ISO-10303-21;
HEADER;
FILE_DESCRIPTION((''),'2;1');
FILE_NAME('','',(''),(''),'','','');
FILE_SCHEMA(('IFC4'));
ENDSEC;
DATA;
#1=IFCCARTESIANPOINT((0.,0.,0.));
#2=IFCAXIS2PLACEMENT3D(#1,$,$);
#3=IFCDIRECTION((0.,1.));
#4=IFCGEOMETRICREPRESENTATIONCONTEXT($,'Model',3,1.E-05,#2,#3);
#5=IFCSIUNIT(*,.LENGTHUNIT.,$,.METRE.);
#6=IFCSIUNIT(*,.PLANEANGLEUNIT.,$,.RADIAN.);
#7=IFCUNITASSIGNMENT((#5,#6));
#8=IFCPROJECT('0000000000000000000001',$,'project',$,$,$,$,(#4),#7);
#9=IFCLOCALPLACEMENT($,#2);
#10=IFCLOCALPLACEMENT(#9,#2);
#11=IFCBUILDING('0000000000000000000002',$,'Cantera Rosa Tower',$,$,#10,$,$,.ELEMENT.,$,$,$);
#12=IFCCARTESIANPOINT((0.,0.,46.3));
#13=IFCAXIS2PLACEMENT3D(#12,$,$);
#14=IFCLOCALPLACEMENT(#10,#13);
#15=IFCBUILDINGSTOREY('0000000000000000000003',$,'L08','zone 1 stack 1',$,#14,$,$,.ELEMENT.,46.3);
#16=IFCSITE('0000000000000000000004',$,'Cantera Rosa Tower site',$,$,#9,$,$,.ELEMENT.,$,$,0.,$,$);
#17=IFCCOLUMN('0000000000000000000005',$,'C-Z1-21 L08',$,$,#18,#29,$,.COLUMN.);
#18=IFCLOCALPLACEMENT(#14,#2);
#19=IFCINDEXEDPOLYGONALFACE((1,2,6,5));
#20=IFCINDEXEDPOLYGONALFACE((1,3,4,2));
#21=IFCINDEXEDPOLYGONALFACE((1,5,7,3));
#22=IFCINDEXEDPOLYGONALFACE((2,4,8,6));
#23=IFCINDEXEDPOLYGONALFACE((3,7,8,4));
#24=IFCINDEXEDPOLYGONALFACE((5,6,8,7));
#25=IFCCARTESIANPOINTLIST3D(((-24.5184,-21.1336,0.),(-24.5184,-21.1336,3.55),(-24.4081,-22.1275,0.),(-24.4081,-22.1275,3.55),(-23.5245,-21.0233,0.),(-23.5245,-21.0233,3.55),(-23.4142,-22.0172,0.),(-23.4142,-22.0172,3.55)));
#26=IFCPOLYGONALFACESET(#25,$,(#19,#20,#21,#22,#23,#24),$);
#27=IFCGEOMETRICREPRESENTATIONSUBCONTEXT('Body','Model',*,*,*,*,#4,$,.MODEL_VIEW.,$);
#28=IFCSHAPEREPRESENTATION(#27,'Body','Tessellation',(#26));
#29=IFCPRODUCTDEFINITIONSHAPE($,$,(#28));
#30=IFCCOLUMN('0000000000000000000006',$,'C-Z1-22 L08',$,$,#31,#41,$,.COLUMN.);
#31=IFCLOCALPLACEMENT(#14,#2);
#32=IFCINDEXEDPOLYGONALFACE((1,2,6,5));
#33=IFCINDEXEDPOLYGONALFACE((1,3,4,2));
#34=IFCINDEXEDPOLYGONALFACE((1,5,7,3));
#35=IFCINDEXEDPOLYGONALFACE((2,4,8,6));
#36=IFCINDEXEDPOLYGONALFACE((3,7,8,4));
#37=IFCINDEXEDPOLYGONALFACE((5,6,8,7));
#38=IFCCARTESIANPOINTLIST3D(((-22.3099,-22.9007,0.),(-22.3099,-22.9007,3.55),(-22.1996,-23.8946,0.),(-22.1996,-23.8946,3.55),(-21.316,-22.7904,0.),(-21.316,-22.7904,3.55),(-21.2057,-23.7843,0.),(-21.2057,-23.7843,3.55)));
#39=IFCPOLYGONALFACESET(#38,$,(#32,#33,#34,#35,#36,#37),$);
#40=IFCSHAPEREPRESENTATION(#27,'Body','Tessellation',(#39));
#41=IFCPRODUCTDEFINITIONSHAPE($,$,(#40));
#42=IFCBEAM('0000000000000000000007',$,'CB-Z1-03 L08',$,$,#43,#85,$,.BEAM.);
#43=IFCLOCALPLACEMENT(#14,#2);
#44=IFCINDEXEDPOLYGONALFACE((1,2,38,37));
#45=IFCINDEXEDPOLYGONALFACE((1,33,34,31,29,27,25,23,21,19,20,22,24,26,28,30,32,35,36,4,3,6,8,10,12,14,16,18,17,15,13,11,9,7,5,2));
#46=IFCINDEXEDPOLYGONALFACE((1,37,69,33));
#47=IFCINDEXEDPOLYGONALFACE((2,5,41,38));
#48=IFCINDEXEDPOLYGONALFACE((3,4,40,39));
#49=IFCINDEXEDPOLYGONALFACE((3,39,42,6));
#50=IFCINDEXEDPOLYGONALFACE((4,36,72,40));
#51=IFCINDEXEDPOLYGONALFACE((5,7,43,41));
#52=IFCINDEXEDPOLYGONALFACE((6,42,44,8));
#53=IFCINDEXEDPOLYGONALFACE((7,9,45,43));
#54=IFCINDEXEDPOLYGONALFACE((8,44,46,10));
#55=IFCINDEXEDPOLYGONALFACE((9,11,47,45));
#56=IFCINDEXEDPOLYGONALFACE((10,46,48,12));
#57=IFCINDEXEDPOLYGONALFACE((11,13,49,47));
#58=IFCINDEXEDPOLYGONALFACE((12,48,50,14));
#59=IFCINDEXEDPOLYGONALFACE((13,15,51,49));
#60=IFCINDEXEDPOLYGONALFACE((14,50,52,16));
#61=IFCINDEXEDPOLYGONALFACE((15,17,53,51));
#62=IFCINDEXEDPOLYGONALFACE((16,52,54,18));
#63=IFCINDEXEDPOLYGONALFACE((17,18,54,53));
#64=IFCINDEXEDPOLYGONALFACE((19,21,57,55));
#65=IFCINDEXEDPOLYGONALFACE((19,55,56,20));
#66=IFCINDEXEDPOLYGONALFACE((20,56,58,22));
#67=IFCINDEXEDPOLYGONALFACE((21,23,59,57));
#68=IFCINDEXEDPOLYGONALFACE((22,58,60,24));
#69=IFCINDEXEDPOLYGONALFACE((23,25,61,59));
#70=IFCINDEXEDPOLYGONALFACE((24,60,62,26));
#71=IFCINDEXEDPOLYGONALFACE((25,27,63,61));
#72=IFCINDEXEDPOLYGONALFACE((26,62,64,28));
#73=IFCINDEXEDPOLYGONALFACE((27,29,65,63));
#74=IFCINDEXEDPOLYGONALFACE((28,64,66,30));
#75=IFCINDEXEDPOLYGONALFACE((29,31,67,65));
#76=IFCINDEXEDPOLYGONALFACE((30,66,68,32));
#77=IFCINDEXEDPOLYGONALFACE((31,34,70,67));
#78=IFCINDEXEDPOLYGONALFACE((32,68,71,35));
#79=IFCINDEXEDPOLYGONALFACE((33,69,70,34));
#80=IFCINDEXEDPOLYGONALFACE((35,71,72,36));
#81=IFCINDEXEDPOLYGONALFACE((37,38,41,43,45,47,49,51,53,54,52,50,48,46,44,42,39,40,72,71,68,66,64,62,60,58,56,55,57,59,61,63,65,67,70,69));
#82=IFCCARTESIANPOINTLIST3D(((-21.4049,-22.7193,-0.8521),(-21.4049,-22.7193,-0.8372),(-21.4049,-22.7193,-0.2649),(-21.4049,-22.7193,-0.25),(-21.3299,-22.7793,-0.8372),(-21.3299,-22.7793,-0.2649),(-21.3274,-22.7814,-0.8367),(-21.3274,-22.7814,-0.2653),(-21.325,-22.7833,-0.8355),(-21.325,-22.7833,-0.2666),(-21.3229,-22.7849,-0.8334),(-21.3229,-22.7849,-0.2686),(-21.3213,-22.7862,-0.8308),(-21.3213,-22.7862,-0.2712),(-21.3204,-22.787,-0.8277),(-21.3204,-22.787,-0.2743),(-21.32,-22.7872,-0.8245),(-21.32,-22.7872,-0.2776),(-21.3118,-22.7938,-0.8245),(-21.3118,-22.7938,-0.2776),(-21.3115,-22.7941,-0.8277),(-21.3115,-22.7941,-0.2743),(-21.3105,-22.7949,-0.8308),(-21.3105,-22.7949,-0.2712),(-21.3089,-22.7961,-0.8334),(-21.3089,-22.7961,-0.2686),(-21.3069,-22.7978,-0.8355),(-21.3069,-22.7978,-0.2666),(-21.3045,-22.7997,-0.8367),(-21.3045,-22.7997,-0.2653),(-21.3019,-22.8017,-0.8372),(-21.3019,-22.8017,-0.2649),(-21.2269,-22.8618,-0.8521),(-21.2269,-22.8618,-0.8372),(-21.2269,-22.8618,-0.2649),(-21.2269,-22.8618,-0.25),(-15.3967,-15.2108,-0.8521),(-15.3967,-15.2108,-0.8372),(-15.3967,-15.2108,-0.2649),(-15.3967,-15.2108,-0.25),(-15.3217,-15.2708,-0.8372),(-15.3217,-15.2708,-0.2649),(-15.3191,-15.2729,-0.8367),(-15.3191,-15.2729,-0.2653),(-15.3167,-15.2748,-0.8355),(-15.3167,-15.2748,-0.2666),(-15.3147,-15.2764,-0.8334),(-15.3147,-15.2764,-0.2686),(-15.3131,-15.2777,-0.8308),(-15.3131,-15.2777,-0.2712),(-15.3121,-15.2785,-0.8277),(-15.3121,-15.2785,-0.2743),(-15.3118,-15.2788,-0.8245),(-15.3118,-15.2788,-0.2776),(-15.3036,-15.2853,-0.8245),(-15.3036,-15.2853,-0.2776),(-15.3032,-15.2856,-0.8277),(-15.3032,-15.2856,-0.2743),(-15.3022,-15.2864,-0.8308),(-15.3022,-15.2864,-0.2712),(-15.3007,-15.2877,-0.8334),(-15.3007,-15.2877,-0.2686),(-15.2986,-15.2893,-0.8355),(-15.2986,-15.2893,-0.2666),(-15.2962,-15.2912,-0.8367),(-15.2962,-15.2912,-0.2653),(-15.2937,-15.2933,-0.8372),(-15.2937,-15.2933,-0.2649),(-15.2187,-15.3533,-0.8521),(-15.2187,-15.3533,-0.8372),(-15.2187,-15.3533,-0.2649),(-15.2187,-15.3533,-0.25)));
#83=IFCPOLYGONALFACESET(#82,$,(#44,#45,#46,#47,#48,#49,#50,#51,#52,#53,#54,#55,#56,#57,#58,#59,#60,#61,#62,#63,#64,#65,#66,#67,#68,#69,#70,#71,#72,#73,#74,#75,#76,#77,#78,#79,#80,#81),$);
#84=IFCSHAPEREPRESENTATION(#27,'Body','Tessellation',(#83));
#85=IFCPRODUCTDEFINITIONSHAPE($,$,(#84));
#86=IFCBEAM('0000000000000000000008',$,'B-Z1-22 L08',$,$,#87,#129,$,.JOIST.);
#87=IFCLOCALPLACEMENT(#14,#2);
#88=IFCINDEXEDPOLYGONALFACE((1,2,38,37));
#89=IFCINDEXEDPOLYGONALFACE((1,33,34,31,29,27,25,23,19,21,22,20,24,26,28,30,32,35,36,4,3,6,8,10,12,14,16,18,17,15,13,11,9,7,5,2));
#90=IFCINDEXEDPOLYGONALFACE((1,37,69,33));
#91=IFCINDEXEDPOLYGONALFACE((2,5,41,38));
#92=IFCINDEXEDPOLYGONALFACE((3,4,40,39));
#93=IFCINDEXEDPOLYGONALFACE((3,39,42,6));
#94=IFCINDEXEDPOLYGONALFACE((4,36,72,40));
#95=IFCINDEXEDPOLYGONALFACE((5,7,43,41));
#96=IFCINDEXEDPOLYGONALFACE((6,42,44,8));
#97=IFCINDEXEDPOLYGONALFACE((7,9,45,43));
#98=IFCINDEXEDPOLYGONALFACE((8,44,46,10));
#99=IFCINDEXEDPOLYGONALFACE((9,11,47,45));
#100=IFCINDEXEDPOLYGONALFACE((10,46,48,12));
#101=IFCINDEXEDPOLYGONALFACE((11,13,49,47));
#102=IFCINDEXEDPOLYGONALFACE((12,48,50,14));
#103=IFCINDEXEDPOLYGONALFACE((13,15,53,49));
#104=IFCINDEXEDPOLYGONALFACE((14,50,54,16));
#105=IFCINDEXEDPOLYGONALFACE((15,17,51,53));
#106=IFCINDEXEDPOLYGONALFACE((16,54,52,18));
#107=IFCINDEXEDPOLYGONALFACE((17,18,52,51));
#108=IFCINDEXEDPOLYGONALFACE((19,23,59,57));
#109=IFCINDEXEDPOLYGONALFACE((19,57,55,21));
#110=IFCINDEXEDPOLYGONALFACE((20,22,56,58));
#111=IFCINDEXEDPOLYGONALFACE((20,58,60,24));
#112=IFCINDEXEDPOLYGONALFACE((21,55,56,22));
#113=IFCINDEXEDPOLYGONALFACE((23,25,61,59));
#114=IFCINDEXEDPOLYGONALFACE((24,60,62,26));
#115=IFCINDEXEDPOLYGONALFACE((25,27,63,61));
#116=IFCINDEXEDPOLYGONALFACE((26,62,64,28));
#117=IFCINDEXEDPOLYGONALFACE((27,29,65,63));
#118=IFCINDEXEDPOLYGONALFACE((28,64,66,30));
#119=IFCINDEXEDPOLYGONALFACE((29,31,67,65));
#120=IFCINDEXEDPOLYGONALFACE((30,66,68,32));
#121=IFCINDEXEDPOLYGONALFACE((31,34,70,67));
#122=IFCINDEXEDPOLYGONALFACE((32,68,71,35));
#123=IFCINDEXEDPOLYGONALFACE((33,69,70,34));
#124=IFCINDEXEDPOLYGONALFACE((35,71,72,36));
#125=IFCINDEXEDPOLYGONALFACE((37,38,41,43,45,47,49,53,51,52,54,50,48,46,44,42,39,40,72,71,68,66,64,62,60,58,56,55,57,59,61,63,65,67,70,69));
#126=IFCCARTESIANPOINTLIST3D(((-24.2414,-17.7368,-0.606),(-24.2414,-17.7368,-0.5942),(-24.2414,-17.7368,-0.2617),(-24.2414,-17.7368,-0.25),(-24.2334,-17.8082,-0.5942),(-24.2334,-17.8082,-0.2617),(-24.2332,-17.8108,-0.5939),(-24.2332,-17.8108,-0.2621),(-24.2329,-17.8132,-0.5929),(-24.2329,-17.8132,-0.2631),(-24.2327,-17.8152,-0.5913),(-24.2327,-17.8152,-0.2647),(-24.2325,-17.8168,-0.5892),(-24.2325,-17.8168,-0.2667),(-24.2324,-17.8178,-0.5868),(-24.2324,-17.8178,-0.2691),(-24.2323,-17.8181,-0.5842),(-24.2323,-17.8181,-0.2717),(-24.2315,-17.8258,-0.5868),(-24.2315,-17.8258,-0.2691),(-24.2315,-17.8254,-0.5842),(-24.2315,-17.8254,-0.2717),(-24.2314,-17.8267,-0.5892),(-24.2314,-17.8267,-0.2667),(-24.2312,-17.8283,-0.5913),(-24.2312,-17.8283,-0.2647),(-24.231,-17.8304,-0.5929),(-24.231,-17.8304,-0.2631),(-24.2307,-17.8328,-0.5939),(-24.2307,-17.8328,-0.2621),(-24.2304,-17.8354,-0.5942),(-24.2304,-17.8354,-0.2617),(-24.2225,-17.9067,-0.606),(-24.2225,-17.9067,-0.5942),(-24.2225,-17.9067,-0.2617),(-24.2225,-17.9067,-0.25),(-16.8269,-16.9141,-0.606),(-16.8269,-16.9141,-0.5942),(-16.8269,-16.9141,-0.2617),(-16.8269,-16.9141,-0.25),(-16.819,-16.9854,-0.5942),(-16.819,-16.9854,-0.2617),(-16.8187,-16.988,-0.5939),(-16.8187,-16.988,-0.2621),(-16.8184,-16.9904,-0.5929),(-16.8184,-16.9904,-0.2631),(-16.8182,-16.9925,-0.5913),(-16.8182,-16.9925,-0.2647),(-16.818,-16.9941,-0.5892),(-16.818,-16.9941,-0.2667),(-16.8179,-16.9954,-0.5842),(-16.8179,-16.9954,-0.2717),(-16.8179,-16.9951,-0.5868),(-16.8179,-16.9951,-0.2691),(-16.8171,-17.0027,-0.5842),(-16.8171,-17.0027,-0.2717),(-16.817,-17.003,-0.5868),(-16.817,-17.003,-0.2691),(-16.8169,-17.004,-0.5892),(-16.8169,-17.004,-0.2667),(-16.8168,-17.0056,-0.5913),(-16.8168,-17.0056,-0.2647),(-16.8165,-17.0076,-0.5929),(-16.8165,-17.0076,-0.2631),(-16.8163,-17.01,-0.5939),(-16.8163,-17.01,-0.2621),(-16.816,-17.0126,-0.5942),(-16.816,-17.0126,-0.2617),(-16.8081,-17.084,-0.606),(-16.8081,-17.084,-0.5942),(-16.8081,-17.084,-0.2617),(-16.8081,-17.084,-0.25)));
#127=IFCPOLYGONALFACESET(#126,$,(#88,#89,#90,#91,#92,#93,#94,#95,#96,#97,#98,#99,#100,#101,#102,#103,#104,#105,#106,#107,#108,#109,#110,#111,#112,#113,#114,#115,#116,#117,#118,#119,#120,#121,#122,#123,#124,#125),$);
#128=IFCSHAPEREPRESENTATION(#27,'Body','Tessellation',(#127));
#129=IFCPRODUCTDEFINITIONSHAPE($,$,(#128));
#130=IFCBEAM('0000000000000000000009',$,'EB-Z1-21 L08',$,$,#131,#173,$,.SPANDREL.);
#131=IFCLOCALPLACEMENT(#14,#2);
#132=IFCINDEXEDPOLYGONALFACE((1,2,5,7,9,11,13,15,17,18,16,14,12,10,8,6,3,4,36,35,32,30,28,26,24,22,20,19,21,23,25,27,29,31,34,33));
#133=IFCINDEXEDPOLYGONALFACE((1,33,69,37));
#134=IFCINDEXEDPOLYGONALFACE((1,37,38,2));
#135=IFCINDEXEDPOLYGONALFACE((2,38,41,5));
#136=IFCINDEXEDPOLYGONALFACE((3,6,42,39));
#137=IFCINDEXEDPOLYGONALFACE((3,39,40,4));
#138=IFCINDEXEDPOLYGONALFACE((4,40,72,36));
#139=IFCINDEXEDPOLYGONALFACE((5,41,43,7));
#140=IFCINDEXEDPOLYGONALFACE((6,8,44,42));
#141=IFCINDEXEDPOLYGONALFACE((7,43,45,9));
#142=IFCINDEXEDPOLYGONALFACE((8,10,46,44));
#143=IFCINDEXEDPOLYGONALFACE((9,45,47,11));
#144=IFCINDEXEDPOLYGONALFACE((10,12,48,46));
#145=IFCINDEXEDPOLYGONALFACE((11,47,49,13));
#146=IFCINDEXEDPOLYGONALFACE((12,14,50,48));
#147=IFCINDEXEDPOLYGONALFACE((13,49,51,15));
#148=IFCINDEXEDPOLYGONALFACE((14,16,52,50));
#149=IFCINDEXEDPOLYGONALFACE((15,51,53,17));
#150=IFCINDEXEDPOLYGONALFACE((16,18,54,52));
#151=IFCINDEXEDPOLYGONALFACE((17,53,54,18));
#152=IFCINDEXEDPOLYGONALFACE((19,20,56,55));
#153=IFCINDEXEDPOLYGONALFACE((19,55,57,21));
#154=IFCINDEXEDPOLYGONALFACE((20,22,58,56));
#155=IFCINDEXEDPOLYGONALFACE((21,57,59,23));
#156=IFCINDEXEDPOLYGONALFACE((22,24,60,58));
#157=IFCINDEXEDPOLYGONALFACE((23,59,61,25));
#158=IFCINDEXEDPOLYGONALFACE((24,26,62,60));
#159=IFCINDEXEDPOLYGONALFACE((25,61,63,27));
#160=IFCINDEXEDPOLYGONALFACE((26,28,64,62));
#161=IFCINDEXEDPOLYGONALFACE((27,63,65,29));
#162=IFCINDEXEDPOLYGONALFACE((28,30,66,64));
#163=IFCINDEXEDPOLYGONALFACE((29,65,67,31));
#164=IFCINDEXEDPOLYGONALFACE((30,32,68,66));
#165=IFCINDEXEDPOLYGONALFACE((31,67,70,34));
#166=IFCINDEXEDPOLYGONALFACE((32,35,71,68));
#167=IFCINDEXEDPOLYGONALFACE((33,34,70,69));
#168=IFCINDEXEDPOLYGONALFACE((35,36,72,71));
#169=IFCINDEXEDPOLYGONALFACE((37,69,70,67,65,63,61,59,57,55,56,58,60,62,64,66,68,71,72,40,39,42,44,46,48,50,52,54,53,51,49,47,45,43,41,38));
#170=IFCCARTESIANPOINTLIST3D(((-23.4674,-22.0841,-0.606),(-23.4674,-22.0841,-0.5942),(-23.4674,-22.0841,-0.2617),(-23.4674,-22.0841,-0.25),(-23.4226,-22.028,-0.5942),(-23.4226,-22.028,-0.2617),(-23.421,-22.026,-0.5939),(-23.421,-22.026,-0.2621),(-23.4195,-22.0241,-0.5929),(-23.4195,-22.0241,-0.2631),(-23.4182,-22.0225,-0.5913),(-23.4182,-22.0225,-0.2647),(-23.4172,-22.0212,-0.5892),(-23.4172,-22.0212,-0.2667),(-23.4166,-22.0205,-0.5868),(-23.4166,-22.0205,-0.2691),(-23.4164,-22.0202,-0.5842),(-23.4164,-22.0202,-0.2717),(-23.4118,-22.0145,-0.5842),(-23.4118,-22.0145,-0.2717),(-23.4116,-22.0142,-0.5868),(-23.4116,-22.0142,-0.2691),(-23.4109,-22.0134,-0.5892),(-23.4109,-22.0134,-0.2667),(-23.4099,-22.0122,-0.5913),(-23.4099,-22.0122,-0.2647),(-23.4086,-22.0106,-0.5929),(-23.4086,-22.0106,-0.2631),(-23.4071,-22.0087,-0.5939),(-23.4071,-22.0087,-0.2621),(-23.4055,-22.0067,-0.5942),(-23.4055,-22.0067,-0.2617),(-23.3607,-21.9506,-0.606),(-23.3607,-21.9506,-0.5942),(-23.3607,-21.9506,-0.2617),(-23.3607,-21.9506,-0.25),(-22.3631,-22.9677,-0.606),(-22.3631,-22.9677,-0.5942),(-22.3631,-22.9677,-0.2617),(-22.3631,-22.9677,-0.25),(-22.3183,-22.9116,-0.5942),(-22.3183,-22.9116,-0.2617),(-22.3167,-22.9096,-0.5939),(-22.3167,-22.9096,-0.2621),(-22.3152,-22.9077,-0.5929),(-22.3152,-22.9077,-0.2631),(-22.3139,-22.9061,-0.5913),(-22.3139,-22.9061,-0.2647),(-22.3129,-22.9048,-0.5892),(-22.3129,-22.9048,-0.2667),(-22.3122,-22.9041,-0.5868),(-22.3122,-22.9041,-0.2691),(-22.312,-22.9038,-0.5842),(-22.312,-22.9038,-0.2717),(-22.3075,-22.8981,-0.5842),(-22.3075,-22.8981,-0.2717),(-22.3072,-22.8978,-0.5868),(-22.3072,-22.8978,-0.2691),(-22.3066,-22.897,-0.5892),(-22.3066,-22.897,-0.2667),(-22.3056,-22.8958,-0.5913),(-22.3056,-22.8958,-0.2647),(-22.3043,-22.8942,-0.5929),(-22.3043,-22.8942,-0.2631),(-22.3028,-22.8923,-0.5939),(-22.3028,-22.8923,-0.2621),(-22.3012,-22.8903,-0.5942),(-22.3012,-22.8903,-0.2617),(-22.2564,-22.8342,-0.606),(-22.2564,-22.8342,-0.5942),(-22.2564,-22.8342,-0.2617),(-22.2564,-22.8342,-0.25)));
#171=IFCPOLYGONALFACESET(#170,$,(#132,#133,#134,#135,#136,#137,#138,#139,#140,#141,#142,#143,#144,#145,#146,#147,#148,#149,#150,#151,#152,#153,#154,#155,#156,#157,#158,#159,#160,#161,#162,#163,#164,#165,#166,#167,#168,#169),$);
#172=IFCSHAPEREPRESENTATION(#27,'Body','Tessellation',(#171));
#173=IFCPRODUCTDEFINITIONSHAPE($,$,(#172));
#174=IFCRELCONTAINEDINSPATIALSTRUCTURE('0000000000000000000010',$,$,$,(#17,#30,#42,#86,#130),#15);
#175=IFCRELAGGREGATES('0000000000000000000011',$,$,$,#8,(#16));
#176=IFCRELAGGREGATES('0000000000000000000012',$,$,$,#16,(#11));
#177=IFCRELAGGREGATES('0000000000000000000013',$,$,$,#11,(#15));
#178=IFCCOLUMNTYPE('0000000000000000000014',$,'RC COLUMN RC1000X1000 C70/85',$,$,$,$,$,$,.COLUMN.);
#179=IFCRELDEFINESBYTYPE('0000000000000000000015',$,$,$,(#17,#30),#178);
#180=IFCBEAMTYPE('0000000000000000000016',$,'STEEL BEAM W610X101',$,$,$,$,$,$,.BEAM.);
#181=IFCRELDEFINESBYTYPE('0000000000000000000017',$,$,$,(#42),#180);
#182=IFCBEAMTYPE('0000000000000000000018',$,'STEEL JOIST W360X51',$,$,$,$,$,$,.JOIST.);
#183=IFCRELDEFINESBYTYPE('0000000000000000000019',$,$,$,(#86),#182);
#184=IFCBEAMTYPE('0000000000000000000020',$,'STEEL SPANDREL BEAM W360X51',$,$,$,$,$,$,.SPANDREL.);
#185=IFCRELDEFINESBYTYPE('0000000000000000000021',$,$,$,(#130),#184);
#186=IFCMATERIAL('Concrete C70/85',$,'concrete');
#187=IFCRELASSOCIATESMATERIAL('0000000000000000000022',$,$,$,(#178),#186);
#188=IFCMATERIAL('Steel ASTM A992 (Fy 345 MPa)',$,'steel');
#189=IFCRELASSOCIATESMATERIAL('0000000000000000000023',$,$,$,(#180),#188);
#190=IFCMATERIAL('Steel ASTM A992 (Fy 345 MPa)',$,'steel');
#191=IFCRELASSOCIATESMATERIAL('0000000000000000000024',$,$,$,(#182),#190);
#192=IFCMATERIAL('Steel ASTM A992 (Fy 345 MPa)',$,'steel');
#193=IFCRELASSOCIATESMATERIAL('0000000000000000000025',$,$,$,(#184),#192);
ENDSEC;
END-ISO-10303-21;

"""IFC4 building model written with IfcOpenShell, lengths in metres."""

from ifc_helpers import new_model, si_unit, direction, frame, origin, origin_2d, place, context, subcontext, project, spatial, rectangle, i_section, extrude, material, material_profile, profile_set, type_object, element, save


model = new_model("IFC4")

# Units and contexts
model_context = context("Model", 3, precision=1e-05, world=origin(), true_north=direction((0.0, 1.0)))
body_context = subcontext(model_context, "Body", "Model", "MODEL_VIEW")
ifc_project = project(units=[si_unit("LENGTHUNIT", "METRE"), si_unit("PLANEANGLEUNIT", "RADIAN")], contexts=[model_context])

# Site, building, storey
site_placement = place(None, origin())
site = spatial("IfcSite", under=ifc_project, at=site_placement, Name="Cantera Rosa Tower site", CompositionType="ELEMENT", RefElevation=0.0)
building_placement = place(site_placement, origin())
building = spatial("IfcBuilding", under=site, at=building_placement, Name="Cantera Rosa Tower", CompositionType="ELEMENT")
storey_placement = place(building_placement, frame((0.0, 0.0, 46.3)))
storey = spatial("IfcBuildingStorey", under=building, at=storey_placement, Name="L08", Description="zone 1 stack 1", CompositionType="ELEMENT", Elevation=46.3)

# Columns
ifc_material_1 = material(Name="Concrete C70/85", Category="concrete")
ifc_material_profile_1 = material_profile(ifc_material_1, rectangle(XDim=1.0, YDim=1.0, at=origin_2d()), Name="RC COLUMN RC1000X1000 C70/85")
ifc_profile_set_1 = profile_set([ifc_material_profile_1], Name="Concrete C70/85")
column_type = type_object("IfcColumnType", Name="RC COLUMN RC1000X1000 C70/85", PredefinedType="COLUMN", material=ifc_profile_set_1)
for number, where, z_axis, x_axis, name in (
    (1, (-23.9663, -21.5754, 0.0), (0.0, 0.0, 1.0), (0.993897, 0.110313, 0.0), "C-Z1-21 L08"),
    (2, (-21.7578, -23.3425, 0.0), (0.0, 0.0, 1.0), (0.993897, 0.110313, 0.0), "C-Z1-22 L08"),
):
    element("IfcColumn", number, at=place(storey_placement, frame(where, z_axis=z_axis, x_axis=x_axis)), inside=storey, type_object=column_type, Name=name, PredefinedType="COLUMN", context=body_context, shape_type="SweptSolid", body=[
        extrude(rectangle(XDim=1.0, YDim=1.0, at=origin_2d()), origin(), (0.0, 0.0, 1.0), 3.55),
    ])

# Beams
ifc_material_2 = material(Name="Steel ASTM A992 (Fy 345 MPa)", Category="steel")
ifc_material_profile_2 = material_profile(ifc_material_2, i_section(OverallWidth=0.228, OverallDepth=0.6021, WebThickness=0.0105, FlangeThickness=0.0149, FilletRadius=0.0127, at=origin_2d()), Name="W610X101")
ifc_profile_set_2 = profile_set([ifc_material_profile_2], Name="Steel ASTM A992 (Fy 345 MPa)")
beam_type_1 = type_object("IfcBeamType", Name="STEEL BEAM W610X101", PredefinedType="BEAM", material=ifc_profile_set_2)
beam_1_placement = place(storey_placement, frame((-21.3159, -22.7905, -0.551), z_axis=(0.624788, 0.780794, 0.0), x_axis=(-0.780794, 0.624788, 0.0)))
element("IfcBeam", 3, at=beam_1_placement, inside=storey, type_object=beam_type_1, Name="CB-Z1-03 L08", PredefinedType="BEAM", context=body_context, shape_type="SweptSolid", body=[
    extrude(i_section(OverallWidth=0.228, OverallDepth=0.6021, WebThickness=0.0105, FlangeThickness=0.0149, FilletRadius=0.0127, at=origin_2d()), origin(), (0.0, 0.0, 1.0), 9.6165),
])
ifc_material_3 = material(Name="Steel ASTM A992 (Fy 345 MPa)", Category="steel")
ifc_material_profile_3 = material_profile(ifc_material_3, i_section(OverallWidth=0.1709, OverallDepth=0.356, WebThickness=0.0073, FlangeThickness=0.0117, FilletRadius=0.01, at=origin_2d()), Name="W360X51")
ifc_profile_set_3 = profile_set([ifc_material_profile_3], Name="Steel ASTM A992 (Fy 345 MPa)")
beam_type_2 = type_object("IfcBeamType", Name="STEEL JOIST W360X51", PredefinedType="JOIST", material=ifc_profile_set_3)
beam_2_placement = place(storey_placement, frame((-24.2319, -17.8218, -0.428), z_axis=(0.9939, 0.110288, 0.0), x_axis=(-0.110288, 0.9939, 0.0)))
element("IfcBeam", 4, at=beam_2_placement, inside=storey, type_object=beam_type_2, Name="B-Z1-22 L08", PredefinedType="JOIST", context=body_context, shape_type="SweptSolid", body=[
    extrude(i_section(OverallWidth=0.1709, OverallDepth=0.356, WebThickness=0.0073, FlangeThickness=0.0117, FilletRadius=0.01, at=origin_2d()), origin(), (0.0, 0.0, 1.0), 7.46),
])
ifc_material_4 = material(Name="Steel ASTM A992 (Fy 345 MPa)", Category="steel")
ifc_material_profile_4 = material_profile(ifc_material_4, i_section(OverallWidth=0.1709, OverallDepth=0.356, WebThickness=0.0073, FlangeThickness=0.0117, FilletRadius=0.01, at=origin_2d()), Name="W360X51")
ifc_profile_set_4 = profile_set([ifc_material_profile_4], Name="Steel ASTM A992 (Fy 345 MPa)")
beam_type_3 = type_object("IfcBeamType", Name="STEEL SPANDREL BEAM W360X51", PredefinedType="SPANDREL", material=ifc_profile_set_4)
for number, where, z_axis, x_axis, name in (
    (5, (-23.4141, -22.0173, -0.428), (0.780818, -0.624758, 0.0), (0.624758, 0.780818, 0.0), "EB-Z1-21 L08"),
):
    element("IfcBeam", number, at=place(storey_placement, frame(where, z_axis=z_axis, x_axis=x_axis)), inside=storey, type_object=beam_type_3, Name=name, PredefinedType="SPANDREL", context=body_context, shape_type="SweptSolid", body=[
        extrude(i_section(OverallWidth=0.1709, OverallDepth=0.356, WebThickness=0.0073, FlangeThickness=0.0117, FilletRadius=0.01, at=origin_2d()), origin(), (0.0, 0.0, 1.0), 1.4143),
    ])

save(model, "model.ifc")
